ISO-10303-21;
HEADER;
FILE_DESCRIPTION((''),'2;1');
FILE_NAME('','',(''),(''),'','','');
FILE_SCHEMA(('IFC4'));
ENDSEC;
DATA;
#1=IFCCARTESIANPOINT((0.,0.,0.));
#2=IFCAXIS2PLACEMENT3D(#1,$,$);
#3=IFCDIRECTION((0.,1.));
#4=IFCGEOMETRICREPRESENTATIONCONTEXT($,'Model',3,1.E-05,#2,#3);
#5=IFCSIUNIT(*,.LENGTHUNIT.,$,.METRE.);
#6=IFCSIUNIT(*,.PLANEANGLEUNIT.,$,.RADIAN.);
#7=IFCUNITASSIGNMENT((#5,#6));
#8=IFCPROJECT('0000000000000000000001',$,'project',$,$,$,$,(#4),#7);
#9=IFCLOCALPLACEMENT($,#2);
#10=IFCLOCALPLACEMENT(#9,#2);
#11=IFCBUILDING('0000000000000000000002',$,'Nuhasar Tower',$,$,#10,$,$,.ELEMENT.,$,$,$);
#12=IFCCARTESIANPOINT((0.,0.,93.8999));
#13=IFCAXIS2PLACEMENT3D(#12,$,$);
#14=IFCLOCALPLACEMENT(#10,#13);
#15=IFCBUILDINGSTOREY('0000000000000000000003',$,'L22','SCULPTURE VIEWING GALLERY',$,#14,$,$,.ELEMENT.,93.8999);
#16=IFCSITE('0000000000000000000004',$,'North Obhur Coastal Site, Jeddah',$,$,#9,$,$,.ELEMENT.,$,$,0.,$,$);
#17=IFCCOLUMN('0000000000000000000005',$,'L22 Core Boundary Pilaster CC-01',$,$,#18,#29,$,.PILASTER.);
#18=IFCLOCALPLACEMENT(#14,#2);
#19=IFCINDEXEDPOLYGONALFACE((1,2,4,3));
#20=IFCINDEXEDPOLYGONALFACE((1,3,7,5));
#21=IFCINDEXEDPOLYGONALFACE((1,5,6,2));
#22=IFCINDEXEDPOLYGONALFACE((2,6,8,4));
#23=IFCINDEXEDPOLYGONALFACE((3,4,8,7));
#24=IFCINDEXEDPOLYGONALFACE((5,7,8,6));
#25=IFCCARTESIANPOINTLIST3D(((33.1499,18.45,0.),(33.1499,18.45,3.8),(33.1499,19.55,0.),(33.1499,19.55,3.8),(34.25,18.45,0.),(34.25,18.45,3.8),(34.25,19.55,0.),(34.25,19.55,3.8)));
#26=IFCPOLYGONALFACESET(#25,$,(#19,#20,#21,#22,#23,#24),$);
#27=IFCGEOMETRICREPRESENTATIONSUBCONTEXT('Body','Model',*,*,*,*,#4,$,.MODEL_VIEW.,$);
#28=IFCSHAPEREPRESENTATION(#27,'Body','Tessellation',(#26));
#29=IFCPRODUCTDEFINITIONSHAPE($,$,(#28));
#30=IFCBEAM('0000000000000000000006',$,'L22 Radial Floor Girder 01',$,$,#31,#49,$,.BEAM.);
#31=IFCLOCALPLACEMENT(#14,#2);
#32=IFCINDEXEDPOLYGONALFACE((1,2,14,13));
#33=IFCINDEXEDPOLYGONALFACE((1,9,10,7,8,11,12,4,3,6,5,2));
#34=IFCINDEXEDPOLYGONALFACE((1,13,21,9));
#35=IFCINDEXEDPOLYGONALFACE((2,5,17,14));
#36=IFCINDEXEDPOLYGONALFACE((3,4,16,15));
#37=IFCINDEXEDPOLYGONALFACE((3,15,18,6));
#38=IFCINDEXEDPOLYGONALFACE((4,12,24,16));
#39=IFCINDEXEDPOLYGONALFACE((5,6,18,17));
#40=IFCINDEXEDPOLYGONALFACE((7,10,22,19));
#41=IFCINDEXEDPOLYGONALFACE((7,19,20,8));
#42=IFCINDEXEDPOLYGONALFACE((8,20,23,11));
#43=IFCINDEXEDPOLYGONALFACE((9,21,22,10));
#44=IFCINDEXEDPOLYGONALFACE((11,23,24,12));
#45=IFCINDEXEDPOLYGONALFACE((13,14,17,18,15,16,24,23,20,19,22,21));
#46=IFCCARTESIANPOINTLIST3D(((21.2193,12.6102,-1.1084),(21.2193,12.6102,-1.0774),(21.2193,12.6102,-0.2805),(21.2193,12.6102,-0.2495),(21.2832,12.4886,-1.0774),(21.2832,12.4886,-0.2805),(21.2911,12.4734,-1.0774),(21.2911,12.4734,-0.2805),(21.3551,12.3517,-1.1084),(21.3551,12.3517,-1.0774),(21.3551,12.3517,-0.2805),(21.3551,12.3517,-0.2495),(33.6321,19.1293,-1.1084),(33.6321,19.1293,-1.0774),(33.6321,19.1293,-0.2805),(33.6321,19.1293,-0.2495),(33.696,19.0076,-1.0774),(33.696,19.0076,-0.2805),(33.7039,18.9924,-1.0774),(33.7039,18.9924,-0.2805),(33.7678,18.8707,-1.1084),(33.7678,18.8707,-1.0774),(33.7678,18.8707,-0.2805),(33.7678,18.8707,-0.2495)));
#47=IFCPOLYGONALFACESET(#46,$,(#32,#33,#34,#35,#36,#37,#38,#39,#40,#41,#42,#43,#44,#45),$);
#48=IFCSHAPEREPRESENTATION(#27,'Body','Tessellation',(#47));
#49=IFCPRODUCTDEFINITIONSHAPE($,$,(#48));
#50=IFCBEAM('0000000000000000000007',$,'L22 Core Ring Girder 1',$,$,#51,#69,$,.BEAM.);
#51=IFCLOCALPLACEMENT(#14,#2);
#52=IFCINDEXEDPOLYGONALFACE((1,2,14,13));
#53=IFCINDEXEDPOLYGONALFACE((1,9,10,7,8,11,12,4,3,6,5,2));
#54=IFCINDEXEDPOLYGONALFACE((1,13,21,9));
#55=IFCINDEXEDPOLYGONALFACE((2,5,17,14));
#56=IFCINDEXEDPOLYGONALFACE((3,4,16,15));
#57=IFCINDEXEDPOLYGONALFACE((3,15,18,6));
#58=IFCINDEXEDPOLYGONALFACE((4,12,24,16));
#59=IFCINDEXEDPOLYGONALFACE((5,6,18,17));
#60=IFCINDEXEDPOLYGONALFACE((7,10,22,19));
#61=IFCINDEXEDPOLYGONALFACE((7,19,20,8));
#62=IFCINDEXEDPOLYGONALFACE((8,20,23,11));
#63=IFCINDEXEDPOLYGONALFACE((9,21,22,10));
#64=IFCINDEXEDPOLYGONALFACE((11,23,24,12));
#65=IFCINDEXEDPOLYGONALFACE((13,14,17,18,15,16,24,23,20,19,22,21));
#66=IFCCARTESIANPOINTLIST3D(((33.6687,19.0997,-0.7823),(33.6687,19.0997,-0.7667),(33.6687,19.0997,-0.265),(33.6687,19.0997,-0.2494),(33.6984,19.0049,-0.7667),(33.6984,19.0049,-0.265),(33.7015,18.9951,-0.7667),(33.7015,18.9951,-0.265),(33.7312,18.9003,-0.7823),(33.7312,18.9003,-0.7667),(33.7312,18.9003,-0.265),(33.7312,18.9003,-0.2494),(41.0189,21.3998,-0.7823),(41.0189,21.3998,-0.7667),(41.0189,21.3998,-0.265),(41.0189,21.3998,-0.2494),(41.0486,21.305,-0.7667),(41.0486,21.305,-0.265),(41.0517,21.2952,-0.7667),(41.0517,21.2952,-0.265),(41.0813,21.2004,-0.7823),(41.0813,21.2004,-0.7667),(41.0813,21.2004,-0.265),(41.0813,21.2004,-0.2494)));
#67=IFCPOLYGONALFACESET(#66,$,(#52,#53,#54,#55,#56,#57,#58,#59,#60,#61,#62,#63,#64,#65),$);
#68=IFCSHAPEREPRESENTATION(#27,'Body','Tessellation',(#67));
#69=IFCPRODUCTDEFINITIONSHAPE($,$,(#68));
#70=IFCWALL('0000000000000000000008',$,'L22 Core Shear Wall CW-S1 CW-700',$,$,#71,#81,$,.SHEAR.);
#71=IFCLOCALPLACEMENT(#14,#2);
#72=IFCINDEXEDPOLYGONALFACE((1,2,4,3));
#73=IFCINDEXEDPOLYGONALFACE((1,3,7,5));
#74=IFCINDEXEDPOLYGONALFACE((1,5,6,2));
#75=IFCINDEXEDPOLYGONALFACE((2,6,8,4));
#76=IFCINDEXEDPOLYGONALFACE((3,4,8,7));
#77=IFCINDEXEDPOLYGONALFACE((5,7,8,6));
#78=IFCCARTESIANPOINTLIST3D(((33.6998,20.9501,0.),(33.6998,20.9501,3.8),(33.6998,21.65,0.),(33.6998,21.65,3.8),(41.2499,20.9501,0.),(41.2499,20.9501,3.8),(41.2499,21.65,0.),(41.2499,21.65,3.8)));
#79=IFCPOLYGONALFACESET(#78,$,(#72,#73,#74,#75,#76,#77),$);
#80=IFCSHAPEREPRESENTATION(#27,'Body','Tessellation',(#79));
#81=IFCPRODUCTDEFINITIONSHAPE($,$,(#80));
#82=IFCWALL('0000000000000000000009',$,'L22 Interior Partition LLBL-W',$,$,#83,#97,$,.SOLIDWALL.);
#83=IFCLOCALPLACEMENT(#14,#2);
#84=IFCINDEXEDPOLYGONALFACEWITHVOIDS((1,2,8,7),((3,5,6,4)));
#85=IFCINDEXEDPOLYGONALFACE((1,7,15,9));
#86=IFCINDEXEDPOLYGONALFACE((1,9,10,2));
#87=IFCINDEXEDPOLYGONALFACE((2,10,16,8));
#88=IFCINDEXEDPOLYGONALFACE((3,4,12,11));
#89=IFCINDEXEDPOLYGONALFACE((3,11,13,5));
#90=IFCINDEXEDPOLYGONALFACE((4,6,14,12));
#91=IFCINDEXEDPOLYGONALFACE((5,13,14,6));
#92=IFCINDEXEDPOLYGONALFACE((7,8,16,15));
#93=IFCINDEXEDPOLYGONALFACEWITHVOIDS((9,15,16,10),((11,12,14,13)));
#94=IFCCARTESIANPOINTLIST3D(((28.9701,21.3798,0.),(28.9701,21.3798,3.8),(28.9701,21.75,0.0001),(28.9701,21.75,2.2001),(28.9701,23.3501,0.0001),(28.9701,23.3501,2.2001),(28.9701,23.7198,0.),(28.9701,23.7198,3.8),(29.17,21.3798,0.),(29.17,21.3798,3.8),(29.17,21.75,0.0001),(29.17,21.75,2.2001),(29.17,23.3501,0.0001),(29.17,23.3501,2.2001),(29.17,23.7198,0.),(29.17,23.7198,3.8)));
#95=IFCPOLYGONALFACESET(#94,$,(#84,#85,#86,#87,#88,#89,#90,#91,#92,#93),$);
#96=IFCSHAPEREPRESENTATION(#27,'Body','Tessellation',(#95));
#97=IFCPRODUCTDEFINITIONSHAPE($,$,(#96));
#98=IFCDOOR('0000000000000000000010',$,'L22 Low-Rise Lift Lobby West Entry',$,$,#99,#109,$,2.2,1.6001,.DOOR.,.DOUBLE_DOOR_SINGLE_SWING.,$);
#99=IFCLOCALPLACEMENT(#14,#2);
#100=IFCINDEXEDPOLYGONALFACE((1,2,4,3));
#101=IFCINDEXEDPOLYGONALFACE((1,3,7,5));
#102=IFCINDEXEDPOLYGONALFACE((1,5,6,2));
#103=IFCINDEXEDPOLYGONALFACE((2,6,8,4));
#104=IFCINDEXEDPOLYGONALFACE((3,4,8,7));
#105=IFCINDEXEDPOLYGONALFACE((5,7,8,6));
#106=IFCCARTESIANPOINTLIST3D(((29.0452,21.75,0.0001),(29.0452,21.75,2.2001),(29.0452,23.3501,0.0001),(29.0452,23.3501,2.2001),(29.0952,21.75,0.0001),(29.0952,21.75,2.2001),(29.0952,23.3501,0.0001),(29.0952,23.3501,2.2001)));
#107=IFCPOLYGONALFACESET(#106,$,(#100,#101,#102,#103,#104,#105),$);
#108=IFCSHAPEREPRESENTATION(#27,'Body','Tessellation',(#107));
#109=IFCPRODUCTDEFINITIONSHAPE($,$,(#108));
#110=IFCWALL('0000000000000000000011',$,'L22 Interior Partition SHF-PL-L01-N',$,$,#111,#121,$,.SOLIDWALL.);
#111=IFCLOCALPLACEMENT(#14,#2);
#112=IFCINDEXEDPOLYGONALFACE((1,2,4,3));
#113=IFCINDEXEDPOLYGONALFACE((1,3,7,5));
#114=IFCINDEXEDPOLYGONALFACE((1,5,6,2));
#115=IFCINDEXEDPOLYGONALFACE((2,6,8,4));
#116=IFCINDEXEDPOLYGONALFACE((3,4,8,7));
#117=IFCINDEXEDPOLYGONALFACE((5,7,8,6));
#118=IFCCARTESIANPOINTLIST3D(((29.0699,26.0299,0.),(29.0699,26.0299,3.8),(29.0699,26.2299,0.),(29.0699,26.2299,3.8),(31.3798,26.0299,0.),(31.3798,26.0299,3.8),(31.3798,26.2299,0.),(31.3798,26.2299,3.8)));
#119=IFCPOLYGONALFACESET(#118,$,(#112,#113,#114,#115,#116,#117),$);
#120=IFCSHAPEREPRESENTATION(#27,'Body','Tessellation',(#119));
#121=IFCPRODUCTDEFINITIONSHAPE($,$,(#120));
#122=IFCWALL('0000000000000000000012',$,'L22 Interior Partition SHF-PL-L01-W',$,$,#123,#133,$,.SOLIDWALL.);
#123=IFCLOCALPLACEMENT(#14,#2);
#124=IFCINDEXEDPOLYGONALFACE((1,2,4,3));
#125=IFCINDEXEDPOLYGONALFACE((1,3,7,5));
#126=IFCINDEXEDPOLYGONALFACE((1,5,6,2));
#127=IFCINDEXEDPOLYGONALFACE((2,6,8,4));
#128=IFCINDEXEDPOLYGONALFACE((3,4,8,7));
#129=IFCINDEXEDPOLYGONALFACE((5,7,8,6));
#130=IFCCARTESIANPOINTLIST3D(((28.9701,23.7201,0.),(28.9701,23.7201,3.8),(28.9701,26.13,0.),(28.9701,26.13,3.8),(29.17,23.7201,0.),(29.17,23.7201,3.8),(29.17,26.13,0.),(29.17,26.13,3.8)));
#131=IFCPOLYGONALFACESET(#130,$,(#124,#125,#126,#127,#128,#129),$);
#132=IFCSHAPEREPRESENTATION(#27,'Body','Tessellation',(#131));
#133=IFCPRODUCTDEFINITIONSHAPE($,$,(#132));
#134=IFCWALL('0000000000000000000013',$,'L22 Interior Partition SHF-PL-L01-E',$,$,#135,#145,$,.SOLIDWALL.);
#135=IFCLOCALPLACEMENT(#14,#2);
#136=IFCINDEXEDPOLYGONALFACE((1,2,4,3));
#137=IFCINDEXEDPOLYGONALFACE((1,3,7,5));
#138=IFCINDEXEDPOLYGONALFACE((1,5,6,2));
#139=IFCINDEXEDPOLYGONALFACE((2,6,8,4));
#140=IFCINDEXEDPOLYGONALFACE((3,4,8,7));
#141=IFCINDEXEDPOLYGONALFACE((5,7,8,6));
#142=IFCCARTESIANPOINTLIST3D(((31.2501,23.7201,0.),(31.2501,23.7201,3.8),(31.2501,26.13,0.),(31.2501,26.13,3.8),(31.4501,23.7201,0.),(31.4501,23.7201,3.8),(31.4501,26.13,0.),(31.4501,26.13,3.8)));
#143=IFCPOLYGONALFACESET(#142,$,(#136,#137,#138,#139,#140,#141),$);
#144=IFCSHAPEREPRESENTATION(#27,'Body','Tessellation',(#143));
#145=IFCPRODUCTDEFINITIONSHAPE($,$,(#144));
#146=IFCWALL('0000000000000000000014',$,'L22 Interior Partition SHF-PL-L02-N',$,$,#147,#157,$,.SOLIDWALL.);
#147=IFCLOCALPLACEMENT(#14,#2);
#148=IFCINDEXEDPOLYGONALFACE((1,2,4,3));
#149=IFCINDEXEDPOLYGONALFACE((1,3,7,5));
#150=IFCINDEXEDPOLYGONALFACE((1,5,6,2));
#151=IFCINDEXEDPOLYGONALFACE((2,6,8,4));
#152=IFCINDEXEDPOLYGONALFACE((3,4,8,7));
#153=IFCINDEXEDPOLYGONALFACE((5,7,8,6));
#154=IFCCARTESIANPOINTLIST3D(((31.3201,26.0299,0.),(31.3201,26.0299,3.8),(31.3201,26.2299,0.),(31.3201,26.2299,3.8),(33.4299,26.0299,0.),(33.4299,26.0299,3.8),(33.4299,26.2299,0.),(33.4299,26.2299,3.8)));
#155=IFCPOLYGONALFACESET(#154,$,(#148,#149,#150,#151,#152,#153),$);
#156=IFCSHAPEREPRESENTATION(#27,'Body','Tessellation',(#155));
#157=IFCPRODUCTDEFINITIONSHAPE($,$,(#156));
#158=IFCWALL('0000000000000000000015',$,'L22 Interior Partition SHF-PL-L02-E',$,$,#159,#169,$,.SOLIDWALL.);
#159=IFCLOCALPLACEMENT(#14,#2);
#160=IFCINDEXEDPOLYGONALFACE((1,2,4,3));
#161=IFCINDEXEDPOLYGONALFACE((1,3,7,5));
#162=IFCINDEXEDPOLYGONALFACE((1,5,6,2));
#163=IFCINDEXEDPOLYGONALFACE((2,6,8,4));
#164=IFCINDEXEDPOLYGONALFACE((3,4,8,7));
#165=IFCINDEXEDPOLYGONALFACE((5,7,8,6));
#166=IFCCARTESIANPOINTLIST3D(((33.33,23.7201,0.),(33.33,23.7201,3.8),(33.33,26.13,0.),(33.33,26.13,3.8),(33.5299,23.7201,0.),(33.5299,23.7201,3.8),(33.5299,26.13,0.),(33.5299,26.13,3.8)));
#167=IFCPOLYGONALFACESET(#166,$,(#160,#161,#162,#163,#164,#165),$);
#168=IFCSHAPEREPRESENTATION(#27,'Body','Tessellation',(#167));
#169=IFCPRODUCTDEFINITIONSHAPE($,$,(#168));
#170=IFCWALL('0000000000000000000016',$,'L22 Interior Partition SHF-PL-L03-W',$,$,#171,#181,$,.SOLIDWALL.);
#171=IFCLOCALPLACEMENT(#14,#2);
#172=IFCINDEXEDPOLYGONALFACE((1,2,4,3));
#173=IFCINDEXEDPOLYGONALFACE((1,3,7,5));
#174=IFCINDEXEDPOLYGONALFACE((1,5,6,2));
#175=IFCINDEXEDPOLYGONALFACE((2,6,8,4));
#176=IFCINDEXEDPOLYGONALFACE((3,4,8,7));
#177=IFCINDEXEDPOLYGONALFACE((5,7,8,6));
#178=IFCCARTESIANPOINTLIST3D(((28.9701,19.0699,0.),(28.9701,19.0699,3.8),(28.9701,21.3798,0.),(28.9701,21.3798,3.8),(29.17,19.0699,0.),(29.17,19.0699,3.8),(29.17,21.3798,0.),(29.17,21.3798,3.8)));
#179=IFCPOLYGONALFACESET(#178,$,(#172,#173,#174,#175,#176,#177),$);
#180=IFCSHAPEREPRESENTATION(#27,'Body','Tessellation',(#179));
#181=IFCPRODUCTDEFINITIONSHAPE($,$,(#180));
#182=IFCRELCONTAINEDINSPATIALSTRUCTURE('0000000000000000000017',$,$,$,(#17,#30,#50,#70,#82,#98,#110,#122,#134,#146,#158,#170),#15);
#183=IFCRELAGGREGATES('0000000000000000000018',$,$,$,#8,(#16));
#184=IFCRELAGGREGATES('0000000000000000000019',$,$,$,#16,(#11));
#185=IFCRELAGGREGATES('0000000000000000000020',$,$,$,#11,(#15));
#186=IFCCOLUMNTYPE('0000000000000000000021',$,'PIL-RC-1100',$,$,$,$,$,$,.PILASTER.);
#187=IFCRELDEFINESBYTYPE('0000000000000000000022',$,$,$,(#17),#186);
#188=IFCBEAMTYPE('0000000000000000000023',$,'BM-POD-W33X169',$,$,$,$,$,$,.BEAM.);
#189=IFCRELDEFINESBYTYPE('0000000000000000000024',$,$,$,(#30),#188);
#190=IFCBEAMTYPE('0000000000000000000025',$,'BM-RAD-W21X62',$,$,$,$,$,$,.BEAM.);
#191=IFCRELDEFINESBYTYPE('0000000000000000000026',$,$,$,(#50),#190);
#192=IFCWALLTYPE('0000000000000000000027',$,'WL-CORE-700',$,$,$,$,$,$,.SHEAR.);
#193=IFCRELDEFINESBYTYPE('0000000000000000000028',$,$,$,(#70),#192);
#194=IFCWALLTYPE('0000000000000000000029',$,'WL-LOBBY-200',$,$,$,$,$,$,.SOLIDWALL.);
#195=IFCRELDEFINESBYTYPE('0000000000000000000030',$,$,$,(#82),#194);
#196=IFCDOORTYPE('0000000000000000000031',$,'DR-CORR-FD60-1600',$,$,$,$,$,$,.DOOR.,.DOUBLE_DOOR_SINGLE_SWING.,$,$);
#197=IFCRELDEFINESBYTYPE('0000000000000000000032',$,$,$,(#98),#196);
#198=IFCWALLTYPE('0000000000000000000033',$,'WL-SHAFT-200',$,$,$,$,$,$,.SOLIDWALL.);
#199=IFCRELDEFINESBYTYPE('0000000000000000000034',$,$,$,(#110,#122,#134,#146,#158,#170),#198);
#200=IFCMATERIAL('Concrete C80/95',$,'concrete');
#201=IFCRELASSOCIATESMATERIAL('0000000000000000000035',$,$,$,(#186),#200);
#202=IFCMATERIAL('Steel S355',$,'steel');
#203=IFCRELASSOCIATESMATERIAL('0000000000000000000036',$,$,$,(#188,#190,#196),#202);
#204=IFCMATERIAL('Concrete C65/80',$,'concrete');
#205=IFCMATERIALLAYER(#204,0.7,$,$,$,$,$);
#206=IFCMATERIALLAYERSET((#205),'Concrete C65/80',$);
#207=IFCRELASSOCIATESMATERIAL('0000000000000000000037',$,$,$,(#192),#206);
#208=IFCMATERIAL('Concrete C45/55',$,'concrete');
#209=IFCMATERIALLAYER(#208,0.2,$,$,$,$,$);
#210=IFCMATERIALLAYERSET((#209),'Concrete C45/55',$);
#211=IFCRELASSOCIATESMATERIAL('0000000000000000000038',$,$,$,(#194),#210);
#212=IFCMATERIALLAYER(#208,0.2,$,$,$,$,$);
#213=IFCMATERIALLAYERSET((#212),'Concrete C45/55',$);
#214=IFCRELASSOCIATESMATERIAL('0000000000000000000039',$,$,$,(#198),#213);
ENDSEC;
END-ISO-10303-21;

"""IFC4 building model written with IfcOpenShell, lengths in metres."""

from ifc_helpers import new_model, si_unit, direction, frame, frame_2d, origin, origin_2d, place, context, subcontext, project, spatial, rectangle, i_section, extrude, material, layer, layer_set, material_profile, profile_set, type_object, element, fill, save


model = new_model("IFC4")

# Units and contexts
model_context = context("Model", 3, precision=1e-05, world=origin(), true_north=direction((0.0, 1.0)))
body_context = subcontext(model_context, "Body", "Model", "MODEL_VIEW")
ifc_project = project(units=[si_unit("LENGTHUNIT", "METRE"), si_unit("PLANEANGLEUNIT", "RADIAN")], contexts=[model_context])

# Site, building, storey
site_placement = place(None, origin())
site = spatial("IfcSite", under=ifc_project, at=site_placement, Name="North Obhur Coastal Site, Jeddah", CompositionType="ELEMENT", RefElevation=0.0)
building_placement = place(site_placement, origin())
building = spatial("IfcBuilding", under=site, at=building_placement, Name="Nuhasar Tower", CompositionType="ELEMENT")
storey_placement = place(building_placement, frame((0.0, 0.0, 93.8999)))
storey = spatial("IfcBuildingStorey", under=building, at=storey_placement, Name="L22", Description="SCULPTURE VIEWING GALLERY", CompositionType="ELEMENT", Elevation=93.8999)

# Column
ifc_material_1 = material(Name="Concrete C80/95", Category="concrete")
ifc_material_profile_1 = material_profile(ifc_material_1, rectangle(XDim=1.1001, YDim=1.1001, at=origin_2d()), Name="RC1100X1100")
ifc_profile_set_1 = profile_set([ifc_material_profile_1], Name="Concrete C80/95")
column_type = type_object("IfcColumnType", Name="PIL-RC-1100", PredefinedType="PILASTER", material=ifc_profile_set_1)
column_placement = place(storey_placement, frame((33.7, 19.0, 0.0), z_axis=(0.0, 0.0, 1.0), x_axis=(1.0, 0.0, 0.0)))
element("IfcColumn", 1, at=column_placement, inside=storey, type_object=column_type, Name="L22 Core Boundary Pilaster CC-01", PredefinedType="PILASTER", context=body_context, shape_type="SweptSolid", body=[
    extrude(rectangle(XDim=1.1001, YDim=1.1001, at=origin_2d()), origin(), (0.0, 0.0, 1.0), 3.8),
])

# Beams
ifc_material_2 = material(Name="Steel S355", Category="steel")
ifc_material_profile_2 = material_profile(ifc_material_2, i_section(OverallWidth=0.292, OverallDepth=0.8589, WebThickness=0.0171, FlangeThickness=0.031, at=origin_2d()), Name="W33X169")
ifc_profile_set_2 = profile_set([ifc_material_profile_2], Name="Steel S355")
beam_type_1 = type_object("IfcBeamType", Name="BM-POD-W33X169", PredefinedType="BEAM", material=ifc_profile_set_2)
beam_1_placement = place(storey_placement, frame((33.7, 19.0, -0.679), z_axis=(-0.88533, -0.464963, 0.0), x_axis=(0.464963, -0.88533, 0.0)))
element("IfcBeam", 2, at=beam_1_placement, inside=storey, type_object=beam_type_1, Name="L22 Radial Floor Girder 01", PredefinedType="BEAM", context=body_context, shape_type="SweptSolid", body=[
    extrude(i_section(OverallWidth=0.292, OverallDepth=0.8589, WebThickness=0.0171, FlangeThickness=0.031, at=origin_2d()), origin(), (0.0, 0.0, 1.0), 14.0205),
])
ifc_material_profile_3 = material_profile(ifc_material_2, i_section(OverallWidth=0.209, OverallDepth=0.533, WebThickness=0.0103, FlangeThickness=0.0156, at=origin_2d()), Name="W21X62")
ifc_profile_set_3 = profile_set([ifc_material_profile_3], Name="Steel S355")
beam_type_2 = type_object("IfcBeamType", Name="BM-RAD-W21X62", PredefinedType="BEAM", material=ifc_profile_set_3)
beam_2_placement = place(storey_placement, frame((33.7, 19.0, -0.5159), z_axis=(0.954364, 0.298647, 0.0), x_axis=(-0.298647, 0.954364, 0.0)))
element("IfcBeam", 3, at=beam_2_placement, inside=storey, type_object=beam_type_2, Name="L22 Core Ring Girder 1", PredefinedType="BEAM", context=body_context, shape_type="SweptSolid", body=[
    extrude(i_section(OverallWidth=0.209, OverallDepth=0.533, WebThickness=0.0103, FlangeThickness=0.0156, at=origin_2d()), origin(), (0.0, 0.0, 1.0), 7.7017),
])

# Wall
ifc_material_3 = material(Name="Concrete C65/80", Category="concrete")
ifc_layer_1 = layer(ifc_material_3, 0.7)
ifc_layer_set_1 = layer_set([ifc_layer_1], Name="Concrete C65/80")
wall_type_1 = type_object("IfcWallType", Name="WL-CORE-700", PredefinedType="SHEAR", material=ifc_layer_set_1)
wall_1_placement = place(storey_placement, frame((33.7, 21.3, 0.0), z_axis=(0.0, 0.0, 1.0), x_axis=(1.0, 0.0, 0.0)))
element("IfcWall", 4, at=wall_1_placement, inside=storey, type_object=wall_type_1, Name="L22 Core Shear Wall CW-S1 CW-700", PredefinedType="SHEAR", context=body_context, shape_type="SweptSolid", body=[
    extrude(rectangle(XDim=7.55, YDim=0.7, at=frame_2d((3.7749, 0.0))), origin(), (0.0, 0.0, 1.0), 3.8),
])

# Wall, opening, door
ifc_material_4 = material(Name="Concrete C45/55", Category="concrete")
ifc_layer_2 = layer(ifc_material_4, 0.2)
ifc_layer_set_2 = layer_set([ifc_layer_2], Name="Concrete C45/55")
wall_type_2 = type_object("IfcWallType", Name="WL-LOBBY-200", PredefinedType="SOLIDWALL", material=ifc_layer_set_2)
wall_2_placement = place(storey_placement, frame((29.0701, 21.3799, 0.0), z_axis=(0.0, 0.0, 1.0), x_axis=(0.0, 1.0, 0.0)))
wall_2 = element("IfcWall", 5, at=wall_2_placement, inside=storey, type_object=wall_type_2, Name="L22 Interior Partition LLBL-W", PredefinedType="SOLIDWALL", context=body_context, shape_type="SweptSolid", body=[
    extrude(rectangle(XDim=2.3401, YDim=0.2, at=frame_2d((1.1699, 0.0))), origin(), (0.0, 0.0, 1.0), 3.8),
])
opening_1_placement = place(wall_2_placement, frame((0.3701, 0.0, 0.0)))
opening_1 = element("IfcOpeningElement", 6, at=opening_1_placement, cuts=wall_2, PredefinedType="OPENING", context=body_context, shape_type="SweptSolid", body=[
    extrude(rectangle(XDim=1.6001, YDim=2.2, at=frame_2d((0.8, 1.1001))), frame((0.0, 0.1099, 0.0), z_axis=(0.0, -1.0, 0.0), x_axis=(1.0, 0.0, 0.0)), (0.0, 0.0, 1.0), 0.22),
])
door_type_1 = type_object("IfcDoorType", Name="DR-CORR-FD60-1600", OperationType="DOUBLE_DOOR_SINGLE_SWING", PredefinedType="DOOR", material=ifc_material_2)
door_1_placement = place(opening_1_placement, origin())
door_1 = element("IfcDoor", 7, at=door_1_placement, inside=storey, type_object=door_type_1, Name="L22 Low-Rise Lift Lobby West Entry", OperationType="DOUBLE_DOOR_SINGLE_SWING", OverallHeight=2.2, OverallWidth=1.6001, PredefinedType="DOOR", context=body_context, shape_type="SweptSolid", body=[
    extrude(rectangle(XDim=1.6001, YDim=2.2, at=frame_2d((0.8, 1.1001))), frame((0.0, 0.0249, 0.0), z_axis=(0.0, -1.0, 0.0), x_axis=(1.0, 0.0, 0.0)), (0.0, 0.0, 1.0), 0.05),
])
fill(opening_1, door_1)
ifc_layer_3 = layer(ifc_material_4, 0.2)
ifc_layer_set_3 = layer_set([ifc_layer_3], Name="Concrete C45/55")
wall_type_3 = type_object("IfcWallType", Name="WL-SHAFT-200", PredefinedType="SOLIDWALL", material=ifc_layer_set_3)

# Walls
wall_3_placement = place(storey_placement, frame((29.0701, 26.1299, 0.0), z_axis=(0.0, 0.0, 1.0), x_axis=(1.0, 0.0, 0.0)))
element("IfcWall", 8, at=wall_3_placement, inside=storey, type_object=wall_type_3, Name="L22 Interior Partition SHF-PL-L01-N", PredefinedType="SOLIDWALL", context=body_context, shape_type="SweptSolid", body=[
    extrude(rectangle(XDim=2.3098, YDim=0.2, at=frame_2d((1.1548, 0.0))), origin(), (0.0, 0.0, 1.0), 3.8),
])
for number, where, z_axis, x_axis, name in (
    (9, (29.0701, 23.72, 0.0), (0.0, 0.0, 1.0), (0.0, 1.0, 0.0), "L22 Interior Partition SHF-PL-L01-W"),
    (10, (31.3501, 23.72, 0.0), (0.0, 0.0, 1.0), (0.0, 1.0, 0.0), "L22 Interior Partition SHF-PL-L01-E"),
):
    element("IfcWall", number, at=place(storey_placement, frame(where, z_axis=z_axis, x_axis=x_axis)), inside=storey, type_object=wall_type_3, Name=name, PredefinedType="SOLIDWALL", context=body_context, shape_type="SweptSolid", body=[
        extrude(rectangle(XDim=2.4099, YDim=0.2, at=frame_2d((1.2051, 0.0))), origin(), (0.0, 0.0, 1.0), 3.8),
    ])

# Walls
wall_4_placement = place(storey_placement, frame((31.3201, 26.1299, 0.0), z_axis=(0.0, 0.0, 1.0), x_axis=(1.0, 0.0, 0.0)))
element("IfcWall", 11, at=wall_4_placement, inside=storey, type_object=wall_type_3, Name="L22 Interior Partition SHF-PL-L02-N", PredefinedType="SOLIDWALL", context=body_context, shape_type="SweptSolid", body=[
    extrude(rectangle(XDim=2.1099, YDim=0.2, at=frame_2d((1.0549, 0.0))), origin(), (0.0, 0.0, 1.0), 3.8),
])
wall_5_placement = place(storey_placement, frame((33.4299, 23.72, 0.0), z_axis=(0.0, 0.0, 1.0), x_axis=(0.0, 1.0, 0.0)))
element("IfcWall", 12, at=wall_5_placement, inside=storey, type_object=wall_type_3, Name="L22 Interior Partition SHF-PL-L02-E", PredefinedType="SOLIDWALL", context=body_context, shape_type="SweptSolid", body=[
    extrude(rectangle(XDim=2.4099, YDim=0.2, at=frame_2d((1.2051, 0.0))), origin(), (0.0, 0.0, 1.0), 3.8),
])

# Wall
for number, where, z_axis, x_axis, name in (
    (13, (29.0701, 19.0701, 0.0), (0.0, 0.0, 1.0), (0.0, 1.0, 0.0), "L22 Interior Partition SHF-PL-L03-W"),
):
    element("IfcWall", number, at=place(storey_placement, frame(where, z_axis=z_axis, x_axis=x_axis)), inside=storey, type_object=wall_type_3, Name=name, PredefinedType="SOLIDWALL", context=body_context, shape_type="SweptSolid", body=[
        extrude(rectangle(XDim=2.3098, YDim=0.2, at=frame_2d((1.1548, 0.0))), origin(), (0.0, 0.0, 1.0), 3.8),
    ])

save(model, "model.ifc")
